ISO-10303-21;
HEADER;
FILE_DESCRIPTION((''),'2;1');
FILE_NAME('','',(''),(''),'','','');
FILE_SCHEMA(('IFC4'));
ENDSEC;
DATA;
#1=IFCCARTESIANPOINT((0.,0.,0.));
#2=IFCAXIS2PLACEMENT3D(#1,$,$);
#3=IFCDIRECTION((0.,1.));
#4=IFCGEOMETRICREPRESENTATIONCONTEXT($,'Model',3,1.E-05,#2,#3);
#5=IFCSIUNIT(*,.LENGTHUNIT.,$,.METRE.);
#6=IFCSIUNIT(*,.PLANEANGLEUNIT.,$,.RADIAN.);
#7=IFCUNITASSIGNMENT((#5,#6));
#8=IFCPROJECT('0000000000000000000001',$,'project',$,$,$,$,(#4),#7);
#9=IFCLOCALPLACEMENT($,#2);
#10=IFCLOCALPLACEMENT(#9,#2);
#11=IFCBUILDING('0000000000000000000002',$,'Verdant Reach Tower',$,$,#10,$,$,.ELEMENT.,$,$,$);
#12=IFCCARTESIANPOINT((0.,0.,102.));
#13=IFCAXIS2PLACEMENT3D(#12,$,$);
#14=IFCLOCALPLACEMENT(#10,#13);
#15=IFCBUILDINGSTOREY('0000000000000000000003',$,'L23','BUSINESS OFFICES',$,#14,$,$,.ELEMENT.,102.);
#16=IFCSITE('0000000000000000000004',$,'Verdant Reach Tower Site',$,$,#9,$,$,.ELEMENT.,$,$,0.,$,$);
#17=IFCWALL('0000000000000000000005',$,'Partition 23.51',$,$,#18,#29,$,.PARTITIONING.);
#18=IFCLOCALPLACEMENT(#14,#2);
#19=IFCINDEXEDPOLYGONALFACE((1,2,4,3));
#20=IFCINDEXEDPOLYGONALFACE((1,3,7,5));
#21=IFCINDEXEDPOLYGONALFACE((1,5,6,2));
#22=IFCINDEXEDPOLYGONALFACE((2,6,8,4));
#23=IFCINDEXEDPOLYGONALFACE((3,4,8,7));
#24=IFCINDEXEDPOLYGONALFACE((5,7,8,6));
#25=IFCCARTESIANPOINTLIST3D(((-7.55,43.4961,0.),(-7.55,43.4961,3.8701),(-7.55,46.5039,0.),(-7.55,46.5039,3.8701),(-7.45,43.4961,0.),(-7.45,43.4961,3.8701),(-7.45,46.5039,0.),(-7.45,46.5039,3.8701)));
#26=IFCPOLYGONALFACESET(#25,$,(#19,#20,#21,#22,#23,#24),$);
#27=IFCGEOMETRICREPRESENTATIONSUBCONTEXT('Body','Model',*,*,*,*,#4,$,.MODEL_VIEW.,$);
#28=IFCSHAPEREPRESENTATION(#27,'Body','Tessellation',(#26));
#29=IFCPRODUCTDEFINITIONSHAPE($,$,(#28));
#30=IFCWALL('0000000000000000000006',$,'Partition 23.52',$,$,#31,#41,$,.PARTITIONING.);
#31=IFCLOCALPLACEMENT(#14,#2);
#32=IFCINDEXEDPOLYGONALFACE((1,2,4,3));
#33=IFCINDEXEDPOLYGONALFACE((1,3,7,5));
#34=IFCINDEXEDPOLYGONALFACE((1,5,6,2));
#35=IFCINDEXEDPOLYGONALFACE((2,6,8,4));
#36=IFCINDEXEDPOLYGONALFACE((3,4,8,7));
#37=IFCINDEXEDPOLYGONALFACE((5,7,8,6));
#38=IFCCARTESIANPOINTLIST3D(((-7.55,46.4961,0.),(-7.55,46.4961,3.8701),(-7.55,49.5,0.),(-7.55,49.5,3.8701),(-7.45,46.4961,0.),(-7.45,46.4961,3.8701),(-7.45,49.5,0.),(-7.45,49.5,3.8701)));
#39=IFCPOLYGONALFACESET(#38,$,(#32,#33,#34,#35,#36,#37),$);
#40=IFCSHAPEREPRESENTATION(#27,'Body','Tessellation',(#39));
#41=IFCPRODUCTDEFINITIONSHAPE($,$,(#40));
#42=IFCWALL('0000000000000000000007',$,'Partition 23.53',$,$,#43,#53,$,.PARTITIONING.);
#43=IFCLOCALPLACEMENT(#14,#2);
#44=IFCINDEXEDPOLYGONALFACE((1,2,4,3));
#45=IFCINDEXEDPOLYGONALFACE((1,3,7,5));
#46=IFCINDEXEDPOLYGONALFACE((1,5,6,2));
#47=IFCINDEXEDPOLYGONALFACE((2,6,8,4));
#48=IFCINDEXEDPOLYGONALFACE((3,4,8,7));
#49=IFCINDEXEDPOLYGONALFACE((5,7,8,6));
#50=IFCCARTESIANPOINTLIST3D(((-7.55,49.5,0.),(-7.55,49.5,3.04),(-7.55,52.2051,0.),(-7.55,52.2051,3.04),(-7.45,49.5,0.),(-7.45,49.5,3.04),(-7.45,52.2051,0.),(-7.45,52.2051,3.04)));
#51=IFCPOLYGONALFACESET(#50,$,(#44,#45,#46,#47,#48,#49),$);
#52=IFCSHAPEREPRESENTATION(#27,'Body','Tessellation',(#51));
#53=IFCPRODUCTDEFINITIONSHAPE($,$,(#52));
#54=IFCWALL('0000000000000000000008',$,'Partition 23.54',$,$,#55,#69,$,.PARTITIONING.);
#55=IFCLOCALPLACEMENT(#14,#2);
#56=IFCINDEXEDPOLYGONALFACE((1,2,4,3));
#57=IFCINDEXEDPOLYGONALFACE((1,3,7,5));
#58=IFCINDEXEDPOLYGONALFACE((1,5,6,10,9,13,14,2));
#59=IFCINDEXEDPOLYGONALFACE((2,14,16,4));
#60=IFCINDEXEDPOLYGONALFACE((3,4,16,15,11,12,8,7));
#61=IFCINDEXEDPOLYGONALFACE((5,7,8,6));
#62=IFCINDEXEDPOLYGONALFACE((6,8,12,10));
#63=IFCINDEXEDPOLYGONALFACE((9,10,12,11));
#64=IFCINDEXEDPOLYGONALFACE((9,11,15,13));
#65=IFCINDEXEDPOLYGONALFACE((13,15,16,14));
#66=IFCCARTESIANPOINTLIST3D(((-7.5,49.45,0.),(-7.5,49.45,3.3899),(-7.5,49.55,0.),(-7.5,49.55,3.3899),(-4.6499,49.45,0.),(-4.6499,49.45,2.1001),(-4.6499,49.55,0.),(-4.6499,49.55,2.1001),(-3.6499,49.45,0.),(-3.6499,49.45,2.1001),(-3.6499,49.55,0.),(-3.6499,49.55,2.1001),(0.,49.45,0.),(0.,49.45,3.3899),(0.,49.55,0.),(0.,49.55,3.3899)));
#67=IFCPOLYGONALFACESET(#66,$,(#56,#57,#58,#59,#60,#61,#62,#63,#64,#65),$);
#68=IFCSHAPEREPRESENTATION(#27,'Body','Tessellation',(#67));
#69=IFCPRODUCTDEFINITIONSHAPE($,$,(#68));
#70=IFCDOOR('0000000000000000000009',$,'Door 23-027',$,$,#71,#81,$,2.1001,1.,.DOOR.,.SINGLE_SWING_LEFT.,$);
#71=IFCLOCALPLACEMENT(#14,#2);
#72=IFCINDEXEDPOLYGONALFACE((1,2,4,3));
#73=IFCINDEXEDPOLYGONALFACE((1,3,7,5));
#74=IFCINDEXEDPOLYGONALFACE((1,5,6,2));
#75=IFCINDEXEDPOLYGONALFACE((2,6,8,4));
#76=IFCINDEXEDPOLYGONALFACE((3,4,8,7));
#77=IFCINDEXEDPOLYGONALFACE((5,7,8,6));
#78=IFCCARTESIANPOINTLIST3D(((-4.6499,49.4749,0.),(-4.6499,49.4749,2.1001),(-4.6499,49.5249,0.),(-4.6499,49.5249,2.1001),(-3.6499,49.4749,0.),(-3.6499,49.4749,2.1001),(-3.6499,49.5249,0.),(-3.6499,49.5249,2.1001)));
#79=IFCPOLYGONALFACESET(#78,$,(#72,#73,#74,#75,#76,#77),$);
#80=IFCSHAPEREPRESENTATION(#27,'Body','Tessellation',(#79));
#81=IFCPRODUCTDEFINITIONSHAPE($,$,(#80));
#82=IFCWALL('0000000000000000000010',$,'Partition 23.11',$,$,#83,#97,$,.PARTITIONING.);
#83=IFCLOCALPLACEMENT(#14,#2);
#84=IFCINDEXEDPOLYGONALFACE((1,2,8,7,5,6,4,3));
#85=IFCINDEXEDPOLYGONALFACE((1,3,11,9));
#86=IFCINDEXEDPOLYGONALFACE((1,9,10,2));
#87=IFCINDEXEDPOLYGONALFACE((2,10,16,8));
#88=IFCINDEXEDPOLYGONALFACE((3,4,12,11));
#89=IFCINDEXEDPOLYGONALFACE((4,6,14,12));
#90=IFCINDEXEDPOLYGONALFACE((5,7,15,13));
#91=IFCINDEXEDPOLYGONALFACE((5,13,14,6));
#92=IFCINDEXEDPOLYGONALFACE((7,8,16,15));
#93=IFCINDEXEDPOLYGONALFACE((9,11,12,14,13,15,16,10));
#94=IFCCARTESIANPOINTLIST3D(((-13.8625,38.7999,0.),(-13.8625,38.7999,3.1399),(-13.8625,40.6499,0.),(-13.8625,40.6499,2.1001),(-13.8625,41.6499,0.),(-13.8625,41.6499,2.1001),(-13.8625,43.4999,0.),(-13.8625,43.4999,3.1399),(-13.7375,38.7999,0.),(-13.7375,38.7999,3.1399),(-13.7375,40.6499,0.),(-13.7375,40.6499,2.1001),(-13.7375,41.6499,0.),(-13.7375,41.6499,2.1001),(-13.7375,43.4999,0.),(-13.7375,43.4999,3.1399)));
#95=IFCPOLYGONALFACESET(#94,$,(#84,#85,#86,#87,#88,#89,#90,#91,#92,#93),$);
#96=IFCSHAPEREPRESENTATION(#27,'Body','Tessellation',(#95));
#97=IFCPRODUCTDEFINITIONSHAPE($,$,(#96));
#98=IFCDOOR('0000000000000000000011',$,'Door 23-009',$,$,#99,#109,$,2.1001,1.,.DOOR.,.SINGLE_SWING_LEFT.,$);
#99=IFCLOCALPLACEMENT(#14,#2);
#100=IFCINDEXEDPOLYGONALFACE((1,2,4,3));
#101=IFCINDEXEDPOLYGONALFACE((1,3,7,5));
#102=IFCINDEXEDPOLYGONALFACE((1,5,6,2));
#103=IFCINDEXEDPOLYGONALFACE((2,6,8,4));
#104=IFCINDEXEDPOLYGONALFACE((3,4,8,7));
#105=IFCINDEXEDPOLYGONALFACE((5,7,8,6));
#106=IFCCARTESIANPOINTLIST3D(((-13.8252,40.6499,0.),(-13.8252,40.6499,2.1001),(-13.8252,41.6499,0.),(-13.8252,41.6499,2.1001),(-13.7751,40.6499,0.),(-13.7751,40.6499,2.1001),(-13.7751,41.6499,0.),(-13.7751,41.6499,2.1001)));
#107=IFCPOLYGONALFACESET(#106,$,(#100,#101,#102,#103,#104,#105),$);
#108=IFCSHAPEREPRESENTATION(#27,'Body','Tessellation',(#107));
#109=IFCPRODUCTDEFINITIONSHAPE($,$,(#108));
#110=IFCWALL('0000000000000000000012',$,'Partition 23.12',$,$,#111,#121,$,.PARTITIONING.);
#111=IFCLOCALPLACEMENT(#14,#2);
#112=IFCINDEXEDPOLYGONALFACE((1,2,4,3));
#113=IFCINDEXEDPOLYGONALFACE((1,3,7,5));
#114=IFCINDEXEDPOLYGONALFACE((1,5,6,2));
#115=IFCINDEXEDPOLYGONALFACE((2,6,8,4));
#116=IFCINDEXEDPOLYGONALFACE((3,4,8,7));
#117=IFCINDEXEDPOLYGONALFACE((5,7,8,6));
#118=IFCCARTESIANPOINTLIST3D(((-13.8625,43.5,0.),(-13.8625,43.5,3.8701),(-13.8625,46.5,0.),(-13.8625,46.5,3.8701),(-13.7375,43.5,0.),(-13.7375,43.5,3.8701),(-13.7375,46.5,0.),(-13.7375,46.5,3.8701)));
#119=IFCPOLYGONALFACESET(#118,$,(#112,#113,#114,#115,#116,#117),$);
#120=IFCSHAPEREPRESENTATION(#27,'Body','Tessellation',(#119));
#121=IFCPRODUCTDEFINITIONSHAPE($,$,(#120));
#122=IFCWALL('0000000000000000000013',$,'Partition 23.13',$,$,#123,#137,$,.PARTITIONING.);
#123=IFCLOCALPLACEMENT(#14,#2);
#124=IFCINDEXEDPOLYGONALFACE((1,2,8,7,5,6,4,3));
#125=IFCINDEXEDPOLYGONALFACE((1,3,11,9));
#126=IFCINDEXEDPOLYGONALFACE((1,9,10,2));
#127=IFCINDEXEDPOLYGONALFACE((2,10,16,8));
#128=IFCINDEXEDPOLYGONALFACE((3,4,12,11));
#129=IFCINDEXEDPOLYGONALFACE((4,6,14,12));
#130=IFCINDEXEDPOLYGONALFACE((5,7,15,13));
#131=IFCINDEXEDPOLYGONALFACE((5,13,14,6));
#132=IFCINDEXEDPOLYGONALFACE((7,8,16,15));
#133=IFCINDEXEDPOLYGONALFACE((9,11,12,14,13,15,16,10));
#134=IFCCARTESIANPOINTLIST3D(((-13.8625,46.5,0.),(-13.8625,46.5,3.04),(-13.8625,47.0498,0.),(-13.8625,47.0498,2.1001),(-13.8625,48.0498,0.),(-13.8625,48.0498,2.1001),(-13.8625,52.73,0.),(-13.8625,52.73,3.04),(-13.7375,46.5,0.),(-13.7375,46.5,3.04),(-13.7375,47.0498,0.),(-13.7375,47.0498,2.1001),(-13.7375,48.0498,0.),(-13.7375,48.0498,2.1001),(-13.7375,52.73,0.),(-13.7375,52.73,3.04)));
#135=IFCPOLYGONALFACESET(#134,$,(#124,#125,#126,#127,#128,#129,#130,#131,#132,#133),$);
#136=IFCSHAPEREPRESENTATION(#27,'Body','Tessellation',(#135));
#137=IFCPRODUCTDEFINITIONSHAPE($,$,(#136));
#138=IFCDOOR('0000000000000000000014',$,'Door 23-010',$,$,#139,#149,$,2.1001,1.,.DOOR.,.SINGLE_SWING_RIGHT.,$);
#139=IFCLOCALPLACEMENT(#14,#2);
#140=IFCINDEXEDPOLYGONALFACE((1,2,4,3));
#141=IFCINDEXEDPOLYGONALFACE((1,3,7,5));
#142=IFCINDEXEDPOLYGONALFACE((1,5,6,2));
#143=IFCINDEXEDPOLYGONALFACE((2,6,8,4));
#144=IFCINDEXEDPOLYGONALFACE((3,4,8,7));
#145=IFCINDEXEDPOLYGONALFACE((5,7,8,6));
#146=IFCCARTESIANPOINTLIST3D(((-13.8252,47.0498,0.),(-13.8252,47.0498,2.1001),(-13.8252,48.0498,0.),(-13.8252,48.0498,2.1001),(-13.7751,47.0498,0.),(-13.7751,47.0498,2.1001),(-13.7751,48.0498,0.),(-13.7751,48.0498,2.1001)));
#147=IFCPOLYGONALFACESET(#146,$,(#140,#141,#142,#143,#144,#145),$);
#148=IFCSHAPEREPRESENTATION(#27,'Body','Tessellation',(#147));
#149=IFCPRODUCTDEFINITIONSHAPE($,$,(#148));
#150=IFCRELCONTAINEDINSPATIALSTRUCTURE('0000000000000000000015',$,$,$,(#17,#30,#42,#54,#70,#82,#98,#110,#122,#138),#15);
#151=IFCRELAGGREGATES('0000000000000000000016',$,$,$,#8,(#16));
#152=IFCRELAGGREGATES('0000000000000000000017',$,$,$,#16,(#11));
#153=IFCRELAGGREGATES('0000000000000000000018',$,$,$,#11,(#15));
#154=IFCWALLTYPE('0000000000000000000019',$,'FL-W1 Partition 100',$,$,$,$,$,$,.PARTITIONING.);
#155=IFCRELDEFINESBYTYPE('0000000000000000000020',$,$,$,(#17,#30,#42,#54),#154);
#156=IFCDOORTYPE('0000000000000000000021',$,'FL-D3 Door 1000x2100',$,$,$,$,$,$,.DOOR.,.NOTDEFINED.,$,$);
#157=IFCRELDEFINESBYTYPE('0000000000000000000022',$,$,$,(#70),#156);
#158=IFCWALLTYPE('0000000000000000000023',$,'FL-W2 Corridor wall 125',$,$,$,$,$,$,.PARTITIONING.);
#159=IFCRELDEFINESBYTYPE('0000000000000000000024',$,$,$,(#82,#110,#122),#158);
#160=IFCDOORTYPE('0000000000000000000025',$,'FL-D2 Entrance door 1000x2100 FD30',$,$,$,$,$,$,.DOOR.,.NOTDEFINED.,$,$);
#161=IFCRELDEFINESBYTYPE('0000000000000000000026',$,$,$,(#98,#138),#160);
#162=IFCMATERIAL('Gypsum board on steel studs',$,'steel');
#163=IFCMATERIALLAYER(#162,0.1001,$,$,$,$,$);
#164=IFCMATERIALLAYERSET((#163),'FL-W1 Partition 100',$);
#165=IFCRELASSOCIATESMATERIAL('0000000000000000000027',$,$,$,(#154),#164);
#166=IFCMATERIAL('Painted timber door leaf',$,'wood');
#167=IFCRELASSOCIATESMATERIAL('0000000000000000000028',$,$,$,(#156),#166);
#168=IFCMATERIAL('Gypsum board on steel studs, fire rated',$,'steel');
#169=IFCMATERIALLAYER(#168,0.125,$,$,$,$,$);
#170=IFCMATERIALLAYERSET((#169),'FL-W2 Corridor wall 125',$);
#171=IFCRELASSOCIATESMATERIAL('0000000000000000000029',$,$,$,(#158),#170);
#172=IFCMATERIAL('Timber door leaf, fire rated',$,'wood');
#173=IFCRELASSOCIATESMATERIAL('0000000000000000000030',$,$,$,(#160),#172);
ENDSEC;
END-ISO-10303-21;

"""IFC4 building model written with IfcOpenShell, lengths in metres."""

from ifc_helpers import new_model, si_unit, direction, frame, frame_2d, origin, place, context, subcontext, project, spatial, rectangle, extrude, material, layer, layer_set, type_object, element, fill, save


model = new_model("IFC4")

# Units and contexts
model_context = context("Model", 3, precision=1e-05, world=origin(), true_north=direction((0.0, 1.0)))
body_context = subcontext(model_context, "Body", "Model", "MODEL_VIEW")
ifc_project = project(units=[si_unit("LENGTHUNIT", "METRE"), si_unit("PLANEANGLEUNIT", "RADIAN")], contexts=[model_context])

# Site, building, storey
site_placement = place(None, origin())
site = spatial("IfcSite", under=ifc_project, at=site_placement, Name="Verdant Reach Tower Site", CompositionType="ELEMENT", RefElevation=0.0)
building_placement = place(site_placement, origin())
building = spatial("IfcBuilding", under=site, at=building_placement, Name="Verdant Reach Tower", CompositionType="ELEMENT")
storey_placement = place(building_placement, frame((0.0, 0.0, 102.0)))
storey = spatial("IfcBuildingStorey", under=building, at=storey_placement, Name="L23", Description="BUSINESS OFFICES", CompositionType="ELEMENT", Elevation=102.0)

# Shared definitions
ifc_material_1 = material(Name="Gypsum board on steel studs", Category="steel")
ifc_layer_1 = layer(ifc_material_1, 0.1001)
ifc_layer_set_1 = layer_set([ifc_layer_1], Name="FL-W1 Partition 100")
wall_type_1 = type_object("IfcWallType", Name="FL-W1 Partition 100", PredefinedType="PARTITIONING", material=ifc_layer_set_1)
ifc_material_2 = material(Name="Painted timber door leaf", Category="wood")
door_type_1 = type_object("IfcDoorType", Name="FL-D3 Door 1000x2100", OperationType="NOTDEFINED", PredefinedType="DOOR", material=ifc_material_2)

# Walls
wall_1_placement = place(storey_placement, frame((-7.5, 43.4961, 0.0), z_axis=(0.0, 0.0, 1.0), x_axis=(0.0, 1.0, 0.0)))
element("IfcWall", 1, at=wall_1_placement, inside=storey, type_object=wall_type_1, Name="Partition 23.51", PredefinedType="PARTITIONING", context=body_context, shape_type="SweptSolid", body=[
    extrude(rectangle(XDim=3.0078, YDim=0.1001, at=frame_2d((1.5039, 0.0))), origin(), (0.0, 0.0, 1.0), 3.8701),
])
wall_2_placement = place(storey_placement, frame((-7.5, 46.4961, 0.0), z_axis=(0.0, 0.0, 1.0), x_axis=(0.0, 1.0, 0.0)))
element("IfcWall", 2, at=wall_2_placement, inside=storey, type_object=wall_type_1, Name="Partition 23.52", PredefinedType="PARTITIONING", context=body_context, shape_type="SweptSolid", body=[
    extrude(rectangle(XDim=3.0039, YDim=0.1001, at=frame_2d((1.502, 0.0))), origin(), (0.0, 0.0, 1.0), 3.8701),
])
wall_3_placement = place(storey_placement, frame((-7.5, 49.5, 0.0), z_axis=(0.0, 0.0, 1.0), x_axis=(0.0, 1.0, 0.0)))
element("IfcWall", 3, at=wall_3_placement, inside=storey, type_object=wall_type_1, Name="Partition 23.53", PredefinedType="PARTITIONING", context=body_context, shape_type="SweptSolid", body=[
    extrude(rectangle(XDim=2.7051, YDim=0.1001, at=frame_2d((1.3525, 0.0))), origin(), (0.0, 0.0, 1.0), 3.04),
])

# Walls, openings, doors
wall_4_placement = place(storey_placement, frame((-7.5, 49.5, 0.0), z_axis=(0.0, 0.0, 1.0), x_axis=(1.0, 0.0, 0.0)))
wall_4 = element("IfcWall", 4, at=wall_4_placement, inside=storey, type_object=wall_type_1, Name="Partition 23.54", PredefinedType="PARTITIONING", context=body_context, shape_type="SweptSolid", body=[
    extrude(rectangle(XDim=7.5, YDim=0.1001, at=frame_2d((3.75, 0.0))), origin(), (0.0, 0.0, 1.0), 3.3899),
])
opening_1_placement = place(wall_4_placement, frame((2.8501, 0.0, 0.0)))
opening_1 = element("IfcOpeningElement", 5, at=opening_1_placement, cuts=wall_4, PredefinedType="OPENING", context=body_context, shape_type="SweptSolid", body=[
    extrude(rectangle(XDim=1.0, YDim=2.1001, at=frame_2d((0.5, 1.05))), frame((0.0, 0.0601, 0.0), z_axis=(0.0, -1.0, 0.0), x_axis=(1.0, 0.0, 0.0)), (0.0, 0.0, 1.0), 0.1201),
])
door_1_placement = place(opening_1_placement, origin())
door_1 = element("IfcDoor", 6, at=door_1_placement, inside=storey, type_object=door_type_1, Name="Door 23-027", OperationType="SINGLE_SWING_LEFT", OverallHeight=2.1001, OverallWidth=1.0, PredefinedType="DOOR", context=body_context, shape_type="SweptSolid", body=[
    extrude(rectangle(XDim=1.0, YDim=2.1001, at=frame_2d((0.5, 1.05))), frame((0.0, 0.0249, 0.0), z_axis=(0.0, -1.0, 0.0), x_axis=(1.0, 0.0, 0.0)), (0.0, 0.0, 1.0), 0.05),
])
fill(opening_1, door_1)
ifc_material_3 = material(Name="Gypsum board on steel studs, fire rated", Category="steel")
ifc_layer_2 = layer(ifc_material_3, 0.125)
ifc_layer_set_2 = layer_set([ifc_layer_2], Name="FL-W2 Corridor wall 125")
wall_type_2 = type_object("IfcWallType", Name="FL-W2 Corridor wall 125", PredefinedType="PARTITIONING", material=ifc_layer_set_2)
wall_5_placement = place(storey_placement, frame((-13.8, 43.5, 0.0), z_axis=(0.0, 0.0, 1.0), x_axis=(0.0, -1.0, 0.0)))
wall_5 = element("IfcWall", 7, at=wall_5_placement, inside=storey, type_object=wall_type_2, Name="Partition 23.11", PredefinedType="PARTITIONING", context=body_context, shape_type="SweptSolid", body=[
    extrude(rectangle(XDim=4.7, YDim=0.125, at=frame_2d((2.3501, 0.0))), origin(), (0.0, 0.0, 1.0), 3.1399),
])
opening_2_placement = place(wall_5_placement, frame((1.8501, 0.0, 0.0)))
opening_2 = element("IfcOpeningElement", 8, at=opening_2_placement, cuts=wall_5, PredefinedType="OPENING", context=body_context, shape_type="SweptSolid", body=[
    extrude(rectangle(XDim=1.0, YDim=2.1001, at=frame_2d((0.5, 1.05))), frame((0.0, 0.0725, 0.0), z_axis=(0.0, -1.0, 0.0), x_axis=(1.0, 0.0, 0.0)), (0.0, 0.0, 1.0), 0.145),
])
ifc_material_4 = material(Name="Timber door leaf, fire rated", Category="wood")
door_type_2 = type_object("IfcDoorType", Name="FL-D2 Entrance door 1000x2100 FD30", OperationType="NOTDEFINED", PredefinedType="DOOR", material=ifc_material_4)
door_2_placement = place(opening_2_placement, origin())
door_2 = element("IfcDoor", 9, at=door_2_placement, inside=storey, type_object=door_type_2, Name="Door 23-009", OperationType="SINGLE_SWING_LEFT", OverallHeight=2.1001, OverallWidth=1.0, PredefinedType="DOOR", context=body_context, shape_type="SweptSolid", body=[
    extrude(rectangle(XDim=1.0, YDim=2.1001, at=frame_2d((0.5, 1.05))), frame((0.0, 0.0249, 0.0), z_axis=(0.0, -1.0, 0.0), x_axis=(1.0, 0.0, 0.0)), (0.0, 0.0, 1.0), 0.05),
])
fill(opening_2, door_2)

# Wall
wall_6_placement = place(storey_placement, frame((-13.8, 43.5, 0.0), z_axis=(0.0, 0.0, 1.0), x_axis=(0.0, 1.0, 0.0)))
element("IfcWall", 10, at=wall_6_placement, inside=storey, type_object=wall_type_2, Name="Partition 23.12", PredefinedType="PARTITIONING", context=body_context, shape_type="SweptSolid", body=[
    extrude(rectangle(XDim=3.0, YDim=0.125, at=frame_2d((1.5, 0.0))), origin(), (0.0, 0.0, 1.0), 3.8701),
])

# Wall, opening, door
wall_7_placement = place(storey_placement, frame((-13.8, 52.73, 0.0), z_axis=(0.0, 0.0, 1.0), x_axis=(0.0, -1.0, 0.0)))
wall_7 = element("IfcWall", 11, at=wall_7_placement, inside=storey, type_object=wall_type_2, Name="Partition 23.13", PredefinedType="PARTITIONING", context=body_context, shape_type="SweptSolid", body=[
    extrude(rectangle(XDim=6.23, YDim=0.125, at=frame_2d((3.115, 0.0))), origin(), (0.0, 0.0, 1.0), 3.04),
])
opening_3_placement = place(wall_7_placement, frame((4.6802, 0.0, 0.0)))
opening_3 = element("IfcOpeningElement", 12, at=opening_3_placement, cuts=wall_7, PredefinedType="OPENING", context=body_context, shape_type="SweptSolid", body=[
    extrude(rectangle(XDim=1.0, YDim=2.1001, at=frame_2d((0.5, 1.05))), frame((0.0, 0.0725, 0.0), z_axis=(0.0, -1.0, 0.0), x_axis=(1.0, 0.0, 0.0)), (0.0, 0.0, 1.0), 0.145),
])
door_3_placement = place(opening_3_placement, origin())
door_3 = element("IfcDoor", 13, at=door_3_placement, inside=storey, type_object=door_type_2, Name="Door 23-010", OperationType="SINGLE_SWING_RIGHT", OverallHeight=2.1001, OverallWidth=1.0, PredefinedType="DOOR", context=body_context, shape_type="SweptSolid", body=[
    extrude(rectangle(XDim=1.0, YDim=2.1001, at=frame_2d((0.5, 1.05))), frame((0.0, 0.0249, 0.0), z_axis=(0.0, -1.0, 0.0), x_axis=(1.0, 0.0, 0.0)), (0.0, 0.0, 1.0), 0.05),
])
fill(opening_3, door_3)

save(model, "model.ifc")
